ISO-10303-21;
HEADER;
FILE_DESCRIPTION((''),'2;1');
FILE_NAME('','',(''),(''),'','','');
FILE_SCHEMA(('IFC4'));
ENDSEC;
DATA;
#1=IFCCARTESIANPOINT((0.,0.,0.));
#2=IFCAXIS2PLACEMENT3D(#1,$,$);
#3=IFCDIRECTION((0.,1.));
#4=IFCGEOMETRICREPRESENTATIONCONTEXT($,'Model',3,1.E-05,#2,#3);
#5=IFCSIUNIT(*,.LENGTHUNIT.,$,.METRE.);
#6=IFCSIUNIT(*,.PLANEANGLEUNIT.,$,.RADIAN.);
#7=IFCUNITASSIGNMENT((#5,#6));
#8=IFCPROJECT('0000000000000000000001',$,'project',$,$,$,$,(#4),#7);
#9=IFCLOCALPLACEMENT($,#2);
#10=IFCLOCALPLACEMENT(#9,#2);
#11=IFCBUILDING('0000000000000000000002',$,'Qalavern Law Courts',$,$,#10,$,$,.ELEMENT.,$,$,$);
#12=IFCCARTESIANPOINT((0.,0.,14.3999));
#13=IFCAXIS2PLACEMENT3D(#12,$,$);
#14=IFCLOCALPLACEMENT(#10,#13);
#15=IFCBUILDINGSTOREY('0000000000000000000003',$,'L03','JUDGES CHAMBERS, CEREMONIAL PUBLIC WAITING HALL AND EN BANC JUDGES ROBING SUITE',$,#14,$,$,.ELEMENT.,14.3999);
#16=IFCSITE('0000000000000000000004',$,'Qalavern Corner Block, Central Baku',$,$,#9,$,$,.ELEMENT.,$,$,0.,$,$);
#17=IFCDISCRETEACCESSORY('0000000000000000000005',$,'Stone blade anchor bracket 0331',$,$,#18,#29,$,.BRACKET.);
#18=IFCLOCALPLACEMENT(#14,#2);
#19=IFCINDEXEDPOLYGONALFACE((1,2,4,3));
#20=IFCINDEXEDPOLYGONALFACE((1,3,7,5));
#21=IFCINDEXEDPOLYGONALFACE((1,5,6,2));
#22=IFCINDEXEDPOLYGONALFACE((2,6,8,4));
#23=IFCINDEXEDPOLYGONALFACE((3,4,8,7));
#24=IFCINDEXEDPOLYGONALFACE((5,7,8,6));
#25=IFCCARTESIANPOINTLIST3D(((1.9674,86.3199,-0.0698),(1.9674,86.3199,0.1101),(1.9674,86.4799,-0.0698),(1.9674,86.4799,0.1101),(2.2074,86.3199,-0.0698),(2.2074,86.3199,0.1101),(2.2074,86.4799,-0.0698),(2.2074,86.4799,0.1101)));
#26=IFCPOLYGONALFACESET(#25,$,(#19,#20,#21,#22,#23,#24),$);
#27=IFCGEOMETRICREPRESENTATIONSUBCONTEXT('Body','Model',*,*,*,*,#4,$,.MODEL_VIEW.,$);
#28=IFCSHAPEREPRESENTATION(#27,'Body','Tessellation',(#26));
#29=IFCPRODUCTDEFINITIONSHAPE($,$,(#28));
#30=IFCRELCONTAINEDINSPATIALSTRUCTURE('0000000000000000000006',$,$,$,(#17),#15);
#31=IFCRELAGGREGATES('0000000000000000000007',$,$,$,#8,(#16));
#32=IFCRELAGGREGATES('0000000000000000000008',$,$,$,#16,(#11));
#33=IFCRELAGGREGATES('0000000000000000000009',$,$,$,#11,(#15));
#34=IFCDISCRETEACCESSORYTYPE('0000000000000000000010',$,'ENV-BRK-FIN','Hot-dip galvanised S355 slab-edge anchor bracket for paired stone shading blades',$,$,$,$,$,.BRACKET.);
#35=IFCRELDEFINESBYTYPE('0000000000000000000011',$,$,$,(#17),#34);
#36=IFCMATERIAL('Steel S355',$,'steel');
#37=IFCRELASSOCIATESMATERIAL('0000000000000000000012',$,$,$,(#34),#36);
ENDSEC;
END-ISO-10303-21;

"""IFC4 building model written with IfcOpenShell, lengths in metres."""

from ifc_helpers import new_model, si_unit, direction, frame, origin, origin_2d, place, context, subcontext, project, spatial, rectangle, extrude, material, type_object, element, save


model = new_model("IFC4")

# Units and contexts
model_context = context("Model", 3, precision=1e-05, world=origin(), true_north=direction((0.0, 1.0)))
body_context = subcontext(model_context, "Body", "Model", "MODEL_VIEW")
ifc_project = project(units=[si_unit("LENGTHUNIT", "METRE"), si_unit("PLANEANGLEUNIT", "RADIAN")], contexts=[model_context])

# Site, building, storey
site_placement = place(None, origin())
site = spatial("IfcSite", under=ifc_project, at=site_placement, Name="Qalavern Corner Block, Central Baku", CompositionType="ELEMENT", RefElevation=0.0)
building_placement = place(site_placement, origin())
building = spatial("IfcBuilding", under=site, at=building_placement, Name="Qalavern Law Courts", CompositionType="ELEMENT")
storey_placement = place(building_placement, frame((0.0, 0.0, 14.3999)))
storey = spatial("IfcBuildingStorey", under=building, at=storey_placement, Name="L03", Description="JUDGES CHAMBERS, CEREMONIAL PUBLIC WAITING HALL AND EN BANC JUDGES ROBING SUITE", CompositionType="ELEMENT", Elevation=14.3999)

# Discrete accessory
ifc_material_1 = material(Name="Steel S355", Category="steel")
discrete_accessory_type = type_object("IfcDiscreteAccessoryType", Name="ENV-BRK-FIN", Description="Hot-dip galvanised S355 slab-edge anchor bracket for paired stone shading blades", PredefinedType="BRACKET", material=ifc_material_1)
for number, where, z_axis, x_axis, name in (
    (1, (2.0874, 86.3999, -0.0698), (0.0, 0.0, 1.0), (-1.0, 0.0, 0.0), "Stone blade anchor bracket 0331"),
):
    element("IfcDiscreteAccessory", number, at=place(storey_placement, frame(where, z_axis=z_axis, x_axis=x_axis)), inside=storey, type_object=discrete_accessory_type, Name=name, PredefinedType="BRACKET", context=body_context, shape_type="SweptSolid", body=[
        extrude(rectangle(XDim=0.24, YDim=0.1599, at=origin_2d()), origin(), (0.0, 0.0, 1.0), 0.1799),
    ])

save(model, "model.ifc")
